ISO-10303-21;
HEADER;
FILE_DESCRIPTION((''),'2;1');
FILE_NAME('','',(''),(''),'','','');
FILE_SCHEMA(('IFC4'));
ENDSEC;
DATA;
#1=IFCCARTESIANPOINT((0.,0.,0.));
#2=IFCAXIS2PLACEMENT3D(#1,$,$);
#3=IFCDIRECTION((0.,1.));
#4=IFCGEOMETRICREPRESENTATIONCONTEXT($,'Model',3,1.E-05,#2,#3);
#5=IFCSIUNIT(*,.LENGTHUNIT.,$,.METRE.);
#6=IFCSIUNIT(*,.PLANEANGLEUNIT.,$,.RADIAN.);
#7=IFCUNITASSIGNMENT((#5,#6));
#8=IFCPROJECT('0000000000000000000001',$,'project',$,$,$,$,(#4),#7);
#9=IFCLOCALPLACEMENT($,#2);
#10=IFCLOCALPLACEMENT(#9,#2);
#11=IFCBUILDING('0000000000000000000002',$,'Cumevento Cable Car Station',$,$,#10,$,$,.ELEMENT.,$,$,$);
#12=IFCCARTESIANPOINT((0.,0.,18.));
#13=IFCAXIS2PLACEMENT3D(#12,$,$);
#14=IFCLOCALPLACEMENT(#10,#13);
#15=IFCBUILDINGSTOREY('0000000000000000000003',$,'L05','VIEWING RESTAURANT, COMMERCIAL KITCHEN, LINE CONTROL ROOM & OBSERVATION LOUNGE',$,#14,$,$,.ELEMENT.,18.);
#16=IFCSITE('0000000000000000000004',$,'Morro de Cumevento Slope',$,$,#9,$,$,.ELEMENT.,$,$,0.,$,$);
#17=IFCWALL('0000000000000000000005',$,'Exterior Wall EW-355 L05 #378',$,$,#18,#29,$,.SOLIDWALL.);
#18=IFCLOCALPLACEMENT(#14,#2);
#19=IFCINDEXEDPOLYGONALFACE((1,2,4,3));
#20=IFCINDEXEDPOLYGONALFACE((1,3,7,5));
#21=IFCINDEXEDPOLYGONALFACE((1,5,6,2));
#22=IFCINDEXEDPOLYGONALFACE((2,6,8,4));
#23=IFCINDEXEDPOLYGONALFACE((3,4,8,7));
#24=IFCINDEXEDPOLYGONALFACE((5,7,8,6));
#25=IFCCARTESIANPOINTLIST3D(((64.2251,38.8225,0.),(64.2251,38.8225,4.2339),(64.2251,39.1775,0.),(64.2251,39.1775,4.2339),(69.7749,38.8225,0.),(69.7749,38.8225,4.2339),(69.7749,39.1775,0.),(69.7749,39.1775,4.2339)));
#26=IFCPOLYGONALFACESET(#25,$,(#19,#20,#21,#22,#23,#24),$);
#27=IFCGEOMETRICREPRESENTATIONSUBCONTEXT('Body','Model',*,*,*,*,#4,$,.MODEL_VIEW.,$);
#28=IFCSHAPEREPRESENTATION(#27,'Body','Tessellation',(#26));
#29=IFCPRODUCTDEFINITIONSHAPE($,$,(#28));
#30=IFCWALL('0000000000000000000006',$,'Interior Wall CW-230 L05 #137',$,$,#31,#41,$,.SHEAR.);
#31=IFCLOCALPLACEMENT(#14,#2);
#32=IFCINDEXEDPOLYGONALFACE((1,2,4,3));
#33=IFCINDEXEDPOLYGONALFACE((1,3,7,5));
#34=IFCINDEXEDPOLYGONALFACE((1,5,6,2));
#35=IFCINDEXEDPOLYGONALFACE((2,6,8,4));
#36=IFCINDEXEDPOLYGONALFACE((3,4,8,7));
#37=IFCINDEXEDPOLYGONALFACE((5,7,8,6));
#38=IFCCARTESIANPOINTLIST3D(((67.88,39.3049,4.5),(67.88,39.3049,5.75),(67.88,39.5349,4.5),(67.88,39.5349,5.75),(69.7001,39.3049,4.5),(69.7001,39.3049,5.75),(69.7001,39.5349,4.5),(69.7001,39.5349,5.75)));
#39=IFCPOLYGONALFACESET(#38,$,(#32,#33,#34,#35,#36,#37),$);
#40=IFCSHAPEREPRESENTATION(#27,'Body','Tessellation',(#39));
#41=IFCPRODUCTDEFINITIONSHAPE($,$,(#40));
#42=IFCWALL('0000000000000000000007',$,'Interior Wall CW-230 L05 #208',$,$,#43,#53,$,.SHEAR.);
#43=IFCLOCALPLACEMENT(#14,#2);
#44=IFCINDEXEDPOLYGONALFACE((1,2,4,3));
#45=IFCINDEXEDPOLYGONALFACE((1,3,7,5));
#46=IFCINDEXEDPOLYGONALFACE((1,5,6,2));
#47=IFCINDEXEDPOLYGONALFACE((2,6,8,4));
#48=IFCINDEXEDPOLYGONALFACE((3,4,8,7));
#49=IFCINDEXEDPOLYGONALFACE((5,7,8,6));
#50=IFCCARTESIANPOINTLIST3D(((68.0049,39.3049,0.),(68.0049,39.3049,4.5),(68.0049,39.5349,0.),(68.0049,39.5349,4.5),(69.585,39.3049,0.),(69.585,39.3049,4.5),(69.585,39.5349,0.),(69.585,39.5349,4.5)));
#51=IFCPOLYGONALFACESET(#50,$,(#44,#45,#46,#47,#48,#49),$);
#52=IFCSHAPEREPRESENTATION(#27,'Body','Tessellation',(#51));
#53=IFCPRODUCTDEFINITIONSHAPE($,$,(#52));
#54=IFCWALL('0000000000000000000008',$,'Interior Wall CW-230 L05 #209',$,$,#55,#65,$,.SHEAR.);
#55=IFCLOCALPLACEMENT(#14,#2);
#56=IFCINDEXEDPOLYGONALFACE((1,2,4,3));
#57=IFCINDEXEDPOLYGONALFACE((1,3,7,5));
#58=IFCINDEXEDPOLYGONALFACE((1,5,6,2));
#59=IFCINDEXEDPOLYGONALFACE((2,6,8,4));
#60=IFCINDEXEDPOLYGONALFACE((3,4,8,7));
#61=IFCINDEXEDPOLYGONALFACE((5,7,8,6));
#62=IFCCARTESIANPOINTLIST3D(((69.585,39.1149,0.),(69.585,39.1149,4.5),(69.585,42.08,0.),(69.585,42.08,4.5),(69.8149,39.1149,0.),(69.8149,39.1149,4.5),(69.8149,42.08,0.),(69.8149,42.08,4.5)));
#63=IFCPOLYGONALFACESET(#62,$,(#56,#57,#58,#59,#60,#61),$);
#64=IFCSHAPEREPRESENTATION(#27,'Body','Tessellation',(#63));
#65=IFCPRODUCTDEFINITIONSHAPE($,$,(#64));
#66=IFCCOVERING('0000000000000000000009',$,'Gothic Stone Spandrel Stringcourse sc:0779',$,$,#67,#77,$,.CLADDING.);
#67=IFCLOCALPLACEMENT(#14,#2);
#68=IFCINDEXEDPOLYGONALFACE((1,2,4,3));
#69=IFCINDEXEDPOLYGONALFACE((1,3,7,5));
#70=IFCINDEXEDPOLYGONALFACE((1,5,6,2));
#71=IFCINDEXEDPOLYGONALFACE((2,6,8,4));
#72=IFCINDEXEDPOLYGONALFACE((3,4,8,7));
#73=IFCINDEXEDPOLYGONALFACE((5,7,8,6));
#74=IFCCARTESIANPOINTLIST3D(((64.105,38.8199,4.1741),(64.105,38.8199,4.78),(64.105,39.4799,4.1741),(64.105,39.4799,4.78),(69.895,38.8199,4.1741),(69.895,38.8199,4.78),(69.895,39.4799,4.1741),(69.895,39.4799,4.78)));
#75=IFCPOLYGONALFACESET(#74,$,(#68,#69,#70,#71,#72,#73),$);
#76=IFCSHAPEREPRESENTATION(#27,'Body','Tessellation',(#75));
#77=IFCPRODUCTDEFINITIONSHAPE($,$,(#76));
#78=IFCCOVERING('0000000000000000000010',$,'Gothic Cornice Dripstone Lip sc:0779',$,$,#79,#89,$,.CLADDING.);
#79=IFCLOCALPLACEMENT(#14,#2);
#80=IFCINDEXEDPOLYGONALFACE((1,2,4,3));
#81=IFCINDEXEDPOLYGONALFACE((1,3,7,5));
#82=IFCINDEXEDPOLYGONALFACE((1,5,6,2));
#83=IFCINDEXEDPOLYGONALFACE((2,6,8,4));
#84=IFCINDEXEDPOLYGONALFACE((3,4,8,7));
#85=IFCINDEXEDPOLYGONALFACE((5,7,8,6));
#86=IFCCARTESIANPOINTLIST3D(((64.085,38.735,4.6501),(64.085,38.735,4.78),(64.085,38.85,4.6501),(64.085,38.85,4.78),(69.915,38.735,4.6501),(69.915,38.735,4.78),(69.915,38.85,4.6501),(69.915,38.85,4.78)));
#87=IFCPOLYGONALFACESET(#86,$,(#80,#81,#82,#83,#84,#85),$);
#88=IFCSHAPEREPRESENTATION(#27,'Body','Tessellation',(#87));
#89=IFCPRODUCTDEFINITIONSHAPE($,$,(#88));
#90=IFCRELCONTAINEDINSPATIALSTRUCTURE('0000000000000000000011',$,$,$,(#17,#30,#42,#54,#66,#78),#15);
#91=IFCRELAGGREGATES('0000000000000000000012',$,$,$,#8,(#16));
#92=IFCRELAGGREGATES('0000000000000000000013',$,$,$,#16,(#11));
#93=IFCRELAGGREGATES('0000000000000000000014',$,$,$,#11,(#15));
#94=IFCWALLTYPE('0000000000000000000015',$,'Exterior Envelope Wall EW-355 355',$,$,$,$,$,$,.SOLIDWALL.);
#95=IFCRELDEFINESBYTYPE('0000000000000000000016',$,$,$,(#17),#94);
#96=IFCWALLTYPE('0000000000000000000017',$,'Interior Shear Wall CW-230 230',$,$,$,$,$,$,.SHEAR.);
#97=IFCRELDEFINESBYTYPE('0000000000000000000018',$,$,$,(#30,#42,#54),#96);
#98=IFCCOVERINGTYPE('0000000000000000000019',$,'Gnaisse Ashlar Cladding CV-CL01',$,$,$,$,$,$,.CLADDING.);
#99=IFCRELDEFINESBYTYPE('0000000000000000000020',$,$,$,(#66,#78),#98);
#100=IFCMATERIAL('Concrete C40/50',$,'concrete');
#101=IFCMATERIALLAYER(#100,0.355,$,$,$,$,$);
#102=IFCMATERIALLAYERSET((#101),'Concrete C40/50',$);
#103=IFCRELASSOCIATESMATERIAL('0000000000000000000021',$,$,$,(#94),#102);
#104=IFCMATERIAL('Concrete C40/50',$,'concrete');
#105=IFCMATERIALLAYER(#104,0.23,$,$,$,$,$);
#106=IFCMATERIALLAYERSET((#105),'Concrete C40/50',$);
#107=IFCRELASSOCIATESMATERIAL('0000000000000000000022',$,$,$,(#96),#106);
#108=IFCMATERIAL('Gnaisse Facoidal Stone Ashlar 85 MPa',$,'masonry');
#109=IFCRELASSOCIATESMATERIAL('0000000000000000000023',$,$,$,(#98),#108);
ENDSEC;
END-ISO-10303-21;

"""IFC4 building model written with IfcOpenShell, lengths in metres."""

from ifc_helpers import new_model, si_unit, direction, frame, frame_2d, origin, origin_2d, place, context, subcontext, project, spatial, rectangle, extrude, material, layer, layer_set, type_object, element, save


model = new_model("IFC4")

# Units and contexts
model_context = context("Model", 3, precision=1e-05, world=origin(), true_north=direction((0.0, 1.0)))
body_context = subcontext(model_context, "Body", "Model", "MODEL_VIEW")
ifc_project = project(units=[si_unit("LENGTHUNIT", "METRE"), si_unit("PLANEANGLEUNIT", "RADIAN")], contexts=[model_context])

# Site, building, storey
site_placement = place(None, origin())
site = spatial("IfcSite", under=ifc_project, at=site_placement, Name="Morro de Cumevento Slope", CompositionType="ELEMENT", RefElevation=0.0)
building_placement = place(site_placement, origin())
building = spatial("IfcBuilding", under=site, at=building_placement, Name="Cumevento Cable Car Station", CompositionType="ELEMENT")
storey_placement = place(building_placement, frame((0.0, 0.0, 18.0)))
storey = spatial("IfcBuildingStorey", under=building, at=storey_placement, Name="L05", Description="VIEWING RESTAURANT, COMMERCIAL KITCHEN, LINE CONTROL ROOM & OBSERVATION LOUNGE", CompositionType="ELEMENT", Elevation=18.0)

# Walls
ifc_material_1 = material(Name="Concrete C40/50", Category="concrete")
ifc_layer_1 = layer(ifc_material_1, 0.355)
ifc_layer_set_1 = layer_set([ifc_layer_1], Name="Concrete C40/50")
wall_type_1 = type_object("IfcWallType", Name="Exterior Envelope Wall EW-355 355", PredefinedType="SOLIDWALL", material=ifc_layer_set_1)
wall_1_placement = place(storey_placement, frame((69.7749, 39.0, 0.0), z_axis=(0.0, 0.0, 1.0), x_axis=(-1.0, 0.0, 0.0)))
element("IfcWall", 1, at=wall_1_placement, inside=storey, type_object=wall_type_1, Name="Exterior Wall EW-355 L05 #378", PredefinedType="SOLIDWALL", context=body_context, shape_type="SweptSolid", body=[
    extrude(rectangle(XDim=5.5498, YDim=0.355, at=frame_2d((2.7749, 0.0))), origin(), (0.0, 0.0, 1.0), 4.2339),
])
ifc_material_2 = material(Name="Concrete C40/50", Category="concrete")
ifc_layer_2 = layer(ifc_material_2, 0.23)
ifc_layer_set_2 = layer_set([ifc_layer_2], Name="Concrete C40/50")
wall_type_2 = type_object("IfcWallType", Name="Interior Shear Wall CW-230 230", PredefinedType="SHEAR", material=ifc_layer_set_2)
wall_2_placement = place(storey_placement, frame((67.8799, 39.4199, 4.5), z_axis=(0.0, 0.0, 1.0), x_axis=(1.0, 0.0, 0.0)))
element("IfcWall", 2, at=wall_2_placement, inside=storey, type_object=wall_type_2, Name="Interior Wall CW-230 L05 #137", PredefinedType="SHEAR", context=body_context, shape_type="SweptSolid", body=[
    extrude(rectangle(XDim=1.8201, YDim=0.23, at=frame_2d((0.9102, 0.0))), origin(), (0.0, 0.0, 1.0), 1.25),
])
wall_3_placement = place(storey_placement, frame((68.0049, 39.4199, 0.0), z_axis=(0.0, 0.0, 1.0), x_axis=(1.0, 0.0, 0.0)))
element("IfcWall", 3, at=wall_3_placement, inside=storey, type_object=wall_type_2, Name="Interior Wall CW-230 L05 #208", PredefinedType="SHEAR", context=body_context, shape_type="SweptSolid", body=[
    extrude(rectangle(XDim=1.5801, YDim=0.23, at=frame_2d((0.79, 0.0))), origin(), (0.0, 0.0, 1.0), 4.5),
])
wall_4_placement = place(storey_placement, frame((69.7, 39.115, 0.0), z_axis=(0.0, 0.0, 1.0), x_axis=(0.0, 1.0, 0.0)))
element("IfcWall", 4, at=wall_4_placement, inside=storey, type_object=wall_type_2, Name="Interior Wall CW-230 L05 #209", PredefinedType="SHEAR", context=body_context, shape_type="SweptSolid", body=[
    extrude(rectangle(XDim=2.9651, YDim=0.23, at=frame_2d((1.4824, 0.0))), origin(), (0.0, 0.0, 1.0), 4.5),
])

# Coverings
ifc_material_3 = material(Name="Gnaisse Facoidal Stone Ashlar 85 MPa", Category="masonry")
covering_type = type_object("IfcCoveringType", Name="Gnaisse Ashlar Cladding CV-CL01", PredefinedType="CLADDING", material=ifc_material_3)
covering_1_placement = place(storey_placement, frame((67.0, 39.1499, 4.1741), z_axis=(0.0, 0.0, 1.0), x_axis=(-1.0, 0.0, 0.0)))
element("IfcCovering", 5, at=covering_1_placement, inside=storey, type_object=covering_type, Name="Gothic Stone Spandrel Stringcourse sc:0779", PredefinedType="CLADDING", context=body_context, shape_type="SweptSolid", body=[
    extrude(rectangle(XDim=5.79, YDim=0.6599, at=origin_2d()), origin(), (0.0, 0.0, 1.0), 0.606),
])
covering_2_placement = place(storey_placement, frame((67.0, 38.7925, 4.6501), z_axis=(0.0, 0.0, 1.0), x_axis=(-1.0, 0.0, 0.0)))
element("IfcCovering", 6, at=covering_2_placement, inside=storey, type_object=covering_type, Name="Gothic Cornice Dripstone Lip sc:0779", PredefinedType="CLADDING", context=body_context, shape_type="SweptSolid", body=[
    extrude(rectangle(XDim=5.8301, YDim=0.115, at=origin_2d()), origin(), (0.0, 0.0, 1.0), 0.1299),
])

save(model, "model.ifc")
